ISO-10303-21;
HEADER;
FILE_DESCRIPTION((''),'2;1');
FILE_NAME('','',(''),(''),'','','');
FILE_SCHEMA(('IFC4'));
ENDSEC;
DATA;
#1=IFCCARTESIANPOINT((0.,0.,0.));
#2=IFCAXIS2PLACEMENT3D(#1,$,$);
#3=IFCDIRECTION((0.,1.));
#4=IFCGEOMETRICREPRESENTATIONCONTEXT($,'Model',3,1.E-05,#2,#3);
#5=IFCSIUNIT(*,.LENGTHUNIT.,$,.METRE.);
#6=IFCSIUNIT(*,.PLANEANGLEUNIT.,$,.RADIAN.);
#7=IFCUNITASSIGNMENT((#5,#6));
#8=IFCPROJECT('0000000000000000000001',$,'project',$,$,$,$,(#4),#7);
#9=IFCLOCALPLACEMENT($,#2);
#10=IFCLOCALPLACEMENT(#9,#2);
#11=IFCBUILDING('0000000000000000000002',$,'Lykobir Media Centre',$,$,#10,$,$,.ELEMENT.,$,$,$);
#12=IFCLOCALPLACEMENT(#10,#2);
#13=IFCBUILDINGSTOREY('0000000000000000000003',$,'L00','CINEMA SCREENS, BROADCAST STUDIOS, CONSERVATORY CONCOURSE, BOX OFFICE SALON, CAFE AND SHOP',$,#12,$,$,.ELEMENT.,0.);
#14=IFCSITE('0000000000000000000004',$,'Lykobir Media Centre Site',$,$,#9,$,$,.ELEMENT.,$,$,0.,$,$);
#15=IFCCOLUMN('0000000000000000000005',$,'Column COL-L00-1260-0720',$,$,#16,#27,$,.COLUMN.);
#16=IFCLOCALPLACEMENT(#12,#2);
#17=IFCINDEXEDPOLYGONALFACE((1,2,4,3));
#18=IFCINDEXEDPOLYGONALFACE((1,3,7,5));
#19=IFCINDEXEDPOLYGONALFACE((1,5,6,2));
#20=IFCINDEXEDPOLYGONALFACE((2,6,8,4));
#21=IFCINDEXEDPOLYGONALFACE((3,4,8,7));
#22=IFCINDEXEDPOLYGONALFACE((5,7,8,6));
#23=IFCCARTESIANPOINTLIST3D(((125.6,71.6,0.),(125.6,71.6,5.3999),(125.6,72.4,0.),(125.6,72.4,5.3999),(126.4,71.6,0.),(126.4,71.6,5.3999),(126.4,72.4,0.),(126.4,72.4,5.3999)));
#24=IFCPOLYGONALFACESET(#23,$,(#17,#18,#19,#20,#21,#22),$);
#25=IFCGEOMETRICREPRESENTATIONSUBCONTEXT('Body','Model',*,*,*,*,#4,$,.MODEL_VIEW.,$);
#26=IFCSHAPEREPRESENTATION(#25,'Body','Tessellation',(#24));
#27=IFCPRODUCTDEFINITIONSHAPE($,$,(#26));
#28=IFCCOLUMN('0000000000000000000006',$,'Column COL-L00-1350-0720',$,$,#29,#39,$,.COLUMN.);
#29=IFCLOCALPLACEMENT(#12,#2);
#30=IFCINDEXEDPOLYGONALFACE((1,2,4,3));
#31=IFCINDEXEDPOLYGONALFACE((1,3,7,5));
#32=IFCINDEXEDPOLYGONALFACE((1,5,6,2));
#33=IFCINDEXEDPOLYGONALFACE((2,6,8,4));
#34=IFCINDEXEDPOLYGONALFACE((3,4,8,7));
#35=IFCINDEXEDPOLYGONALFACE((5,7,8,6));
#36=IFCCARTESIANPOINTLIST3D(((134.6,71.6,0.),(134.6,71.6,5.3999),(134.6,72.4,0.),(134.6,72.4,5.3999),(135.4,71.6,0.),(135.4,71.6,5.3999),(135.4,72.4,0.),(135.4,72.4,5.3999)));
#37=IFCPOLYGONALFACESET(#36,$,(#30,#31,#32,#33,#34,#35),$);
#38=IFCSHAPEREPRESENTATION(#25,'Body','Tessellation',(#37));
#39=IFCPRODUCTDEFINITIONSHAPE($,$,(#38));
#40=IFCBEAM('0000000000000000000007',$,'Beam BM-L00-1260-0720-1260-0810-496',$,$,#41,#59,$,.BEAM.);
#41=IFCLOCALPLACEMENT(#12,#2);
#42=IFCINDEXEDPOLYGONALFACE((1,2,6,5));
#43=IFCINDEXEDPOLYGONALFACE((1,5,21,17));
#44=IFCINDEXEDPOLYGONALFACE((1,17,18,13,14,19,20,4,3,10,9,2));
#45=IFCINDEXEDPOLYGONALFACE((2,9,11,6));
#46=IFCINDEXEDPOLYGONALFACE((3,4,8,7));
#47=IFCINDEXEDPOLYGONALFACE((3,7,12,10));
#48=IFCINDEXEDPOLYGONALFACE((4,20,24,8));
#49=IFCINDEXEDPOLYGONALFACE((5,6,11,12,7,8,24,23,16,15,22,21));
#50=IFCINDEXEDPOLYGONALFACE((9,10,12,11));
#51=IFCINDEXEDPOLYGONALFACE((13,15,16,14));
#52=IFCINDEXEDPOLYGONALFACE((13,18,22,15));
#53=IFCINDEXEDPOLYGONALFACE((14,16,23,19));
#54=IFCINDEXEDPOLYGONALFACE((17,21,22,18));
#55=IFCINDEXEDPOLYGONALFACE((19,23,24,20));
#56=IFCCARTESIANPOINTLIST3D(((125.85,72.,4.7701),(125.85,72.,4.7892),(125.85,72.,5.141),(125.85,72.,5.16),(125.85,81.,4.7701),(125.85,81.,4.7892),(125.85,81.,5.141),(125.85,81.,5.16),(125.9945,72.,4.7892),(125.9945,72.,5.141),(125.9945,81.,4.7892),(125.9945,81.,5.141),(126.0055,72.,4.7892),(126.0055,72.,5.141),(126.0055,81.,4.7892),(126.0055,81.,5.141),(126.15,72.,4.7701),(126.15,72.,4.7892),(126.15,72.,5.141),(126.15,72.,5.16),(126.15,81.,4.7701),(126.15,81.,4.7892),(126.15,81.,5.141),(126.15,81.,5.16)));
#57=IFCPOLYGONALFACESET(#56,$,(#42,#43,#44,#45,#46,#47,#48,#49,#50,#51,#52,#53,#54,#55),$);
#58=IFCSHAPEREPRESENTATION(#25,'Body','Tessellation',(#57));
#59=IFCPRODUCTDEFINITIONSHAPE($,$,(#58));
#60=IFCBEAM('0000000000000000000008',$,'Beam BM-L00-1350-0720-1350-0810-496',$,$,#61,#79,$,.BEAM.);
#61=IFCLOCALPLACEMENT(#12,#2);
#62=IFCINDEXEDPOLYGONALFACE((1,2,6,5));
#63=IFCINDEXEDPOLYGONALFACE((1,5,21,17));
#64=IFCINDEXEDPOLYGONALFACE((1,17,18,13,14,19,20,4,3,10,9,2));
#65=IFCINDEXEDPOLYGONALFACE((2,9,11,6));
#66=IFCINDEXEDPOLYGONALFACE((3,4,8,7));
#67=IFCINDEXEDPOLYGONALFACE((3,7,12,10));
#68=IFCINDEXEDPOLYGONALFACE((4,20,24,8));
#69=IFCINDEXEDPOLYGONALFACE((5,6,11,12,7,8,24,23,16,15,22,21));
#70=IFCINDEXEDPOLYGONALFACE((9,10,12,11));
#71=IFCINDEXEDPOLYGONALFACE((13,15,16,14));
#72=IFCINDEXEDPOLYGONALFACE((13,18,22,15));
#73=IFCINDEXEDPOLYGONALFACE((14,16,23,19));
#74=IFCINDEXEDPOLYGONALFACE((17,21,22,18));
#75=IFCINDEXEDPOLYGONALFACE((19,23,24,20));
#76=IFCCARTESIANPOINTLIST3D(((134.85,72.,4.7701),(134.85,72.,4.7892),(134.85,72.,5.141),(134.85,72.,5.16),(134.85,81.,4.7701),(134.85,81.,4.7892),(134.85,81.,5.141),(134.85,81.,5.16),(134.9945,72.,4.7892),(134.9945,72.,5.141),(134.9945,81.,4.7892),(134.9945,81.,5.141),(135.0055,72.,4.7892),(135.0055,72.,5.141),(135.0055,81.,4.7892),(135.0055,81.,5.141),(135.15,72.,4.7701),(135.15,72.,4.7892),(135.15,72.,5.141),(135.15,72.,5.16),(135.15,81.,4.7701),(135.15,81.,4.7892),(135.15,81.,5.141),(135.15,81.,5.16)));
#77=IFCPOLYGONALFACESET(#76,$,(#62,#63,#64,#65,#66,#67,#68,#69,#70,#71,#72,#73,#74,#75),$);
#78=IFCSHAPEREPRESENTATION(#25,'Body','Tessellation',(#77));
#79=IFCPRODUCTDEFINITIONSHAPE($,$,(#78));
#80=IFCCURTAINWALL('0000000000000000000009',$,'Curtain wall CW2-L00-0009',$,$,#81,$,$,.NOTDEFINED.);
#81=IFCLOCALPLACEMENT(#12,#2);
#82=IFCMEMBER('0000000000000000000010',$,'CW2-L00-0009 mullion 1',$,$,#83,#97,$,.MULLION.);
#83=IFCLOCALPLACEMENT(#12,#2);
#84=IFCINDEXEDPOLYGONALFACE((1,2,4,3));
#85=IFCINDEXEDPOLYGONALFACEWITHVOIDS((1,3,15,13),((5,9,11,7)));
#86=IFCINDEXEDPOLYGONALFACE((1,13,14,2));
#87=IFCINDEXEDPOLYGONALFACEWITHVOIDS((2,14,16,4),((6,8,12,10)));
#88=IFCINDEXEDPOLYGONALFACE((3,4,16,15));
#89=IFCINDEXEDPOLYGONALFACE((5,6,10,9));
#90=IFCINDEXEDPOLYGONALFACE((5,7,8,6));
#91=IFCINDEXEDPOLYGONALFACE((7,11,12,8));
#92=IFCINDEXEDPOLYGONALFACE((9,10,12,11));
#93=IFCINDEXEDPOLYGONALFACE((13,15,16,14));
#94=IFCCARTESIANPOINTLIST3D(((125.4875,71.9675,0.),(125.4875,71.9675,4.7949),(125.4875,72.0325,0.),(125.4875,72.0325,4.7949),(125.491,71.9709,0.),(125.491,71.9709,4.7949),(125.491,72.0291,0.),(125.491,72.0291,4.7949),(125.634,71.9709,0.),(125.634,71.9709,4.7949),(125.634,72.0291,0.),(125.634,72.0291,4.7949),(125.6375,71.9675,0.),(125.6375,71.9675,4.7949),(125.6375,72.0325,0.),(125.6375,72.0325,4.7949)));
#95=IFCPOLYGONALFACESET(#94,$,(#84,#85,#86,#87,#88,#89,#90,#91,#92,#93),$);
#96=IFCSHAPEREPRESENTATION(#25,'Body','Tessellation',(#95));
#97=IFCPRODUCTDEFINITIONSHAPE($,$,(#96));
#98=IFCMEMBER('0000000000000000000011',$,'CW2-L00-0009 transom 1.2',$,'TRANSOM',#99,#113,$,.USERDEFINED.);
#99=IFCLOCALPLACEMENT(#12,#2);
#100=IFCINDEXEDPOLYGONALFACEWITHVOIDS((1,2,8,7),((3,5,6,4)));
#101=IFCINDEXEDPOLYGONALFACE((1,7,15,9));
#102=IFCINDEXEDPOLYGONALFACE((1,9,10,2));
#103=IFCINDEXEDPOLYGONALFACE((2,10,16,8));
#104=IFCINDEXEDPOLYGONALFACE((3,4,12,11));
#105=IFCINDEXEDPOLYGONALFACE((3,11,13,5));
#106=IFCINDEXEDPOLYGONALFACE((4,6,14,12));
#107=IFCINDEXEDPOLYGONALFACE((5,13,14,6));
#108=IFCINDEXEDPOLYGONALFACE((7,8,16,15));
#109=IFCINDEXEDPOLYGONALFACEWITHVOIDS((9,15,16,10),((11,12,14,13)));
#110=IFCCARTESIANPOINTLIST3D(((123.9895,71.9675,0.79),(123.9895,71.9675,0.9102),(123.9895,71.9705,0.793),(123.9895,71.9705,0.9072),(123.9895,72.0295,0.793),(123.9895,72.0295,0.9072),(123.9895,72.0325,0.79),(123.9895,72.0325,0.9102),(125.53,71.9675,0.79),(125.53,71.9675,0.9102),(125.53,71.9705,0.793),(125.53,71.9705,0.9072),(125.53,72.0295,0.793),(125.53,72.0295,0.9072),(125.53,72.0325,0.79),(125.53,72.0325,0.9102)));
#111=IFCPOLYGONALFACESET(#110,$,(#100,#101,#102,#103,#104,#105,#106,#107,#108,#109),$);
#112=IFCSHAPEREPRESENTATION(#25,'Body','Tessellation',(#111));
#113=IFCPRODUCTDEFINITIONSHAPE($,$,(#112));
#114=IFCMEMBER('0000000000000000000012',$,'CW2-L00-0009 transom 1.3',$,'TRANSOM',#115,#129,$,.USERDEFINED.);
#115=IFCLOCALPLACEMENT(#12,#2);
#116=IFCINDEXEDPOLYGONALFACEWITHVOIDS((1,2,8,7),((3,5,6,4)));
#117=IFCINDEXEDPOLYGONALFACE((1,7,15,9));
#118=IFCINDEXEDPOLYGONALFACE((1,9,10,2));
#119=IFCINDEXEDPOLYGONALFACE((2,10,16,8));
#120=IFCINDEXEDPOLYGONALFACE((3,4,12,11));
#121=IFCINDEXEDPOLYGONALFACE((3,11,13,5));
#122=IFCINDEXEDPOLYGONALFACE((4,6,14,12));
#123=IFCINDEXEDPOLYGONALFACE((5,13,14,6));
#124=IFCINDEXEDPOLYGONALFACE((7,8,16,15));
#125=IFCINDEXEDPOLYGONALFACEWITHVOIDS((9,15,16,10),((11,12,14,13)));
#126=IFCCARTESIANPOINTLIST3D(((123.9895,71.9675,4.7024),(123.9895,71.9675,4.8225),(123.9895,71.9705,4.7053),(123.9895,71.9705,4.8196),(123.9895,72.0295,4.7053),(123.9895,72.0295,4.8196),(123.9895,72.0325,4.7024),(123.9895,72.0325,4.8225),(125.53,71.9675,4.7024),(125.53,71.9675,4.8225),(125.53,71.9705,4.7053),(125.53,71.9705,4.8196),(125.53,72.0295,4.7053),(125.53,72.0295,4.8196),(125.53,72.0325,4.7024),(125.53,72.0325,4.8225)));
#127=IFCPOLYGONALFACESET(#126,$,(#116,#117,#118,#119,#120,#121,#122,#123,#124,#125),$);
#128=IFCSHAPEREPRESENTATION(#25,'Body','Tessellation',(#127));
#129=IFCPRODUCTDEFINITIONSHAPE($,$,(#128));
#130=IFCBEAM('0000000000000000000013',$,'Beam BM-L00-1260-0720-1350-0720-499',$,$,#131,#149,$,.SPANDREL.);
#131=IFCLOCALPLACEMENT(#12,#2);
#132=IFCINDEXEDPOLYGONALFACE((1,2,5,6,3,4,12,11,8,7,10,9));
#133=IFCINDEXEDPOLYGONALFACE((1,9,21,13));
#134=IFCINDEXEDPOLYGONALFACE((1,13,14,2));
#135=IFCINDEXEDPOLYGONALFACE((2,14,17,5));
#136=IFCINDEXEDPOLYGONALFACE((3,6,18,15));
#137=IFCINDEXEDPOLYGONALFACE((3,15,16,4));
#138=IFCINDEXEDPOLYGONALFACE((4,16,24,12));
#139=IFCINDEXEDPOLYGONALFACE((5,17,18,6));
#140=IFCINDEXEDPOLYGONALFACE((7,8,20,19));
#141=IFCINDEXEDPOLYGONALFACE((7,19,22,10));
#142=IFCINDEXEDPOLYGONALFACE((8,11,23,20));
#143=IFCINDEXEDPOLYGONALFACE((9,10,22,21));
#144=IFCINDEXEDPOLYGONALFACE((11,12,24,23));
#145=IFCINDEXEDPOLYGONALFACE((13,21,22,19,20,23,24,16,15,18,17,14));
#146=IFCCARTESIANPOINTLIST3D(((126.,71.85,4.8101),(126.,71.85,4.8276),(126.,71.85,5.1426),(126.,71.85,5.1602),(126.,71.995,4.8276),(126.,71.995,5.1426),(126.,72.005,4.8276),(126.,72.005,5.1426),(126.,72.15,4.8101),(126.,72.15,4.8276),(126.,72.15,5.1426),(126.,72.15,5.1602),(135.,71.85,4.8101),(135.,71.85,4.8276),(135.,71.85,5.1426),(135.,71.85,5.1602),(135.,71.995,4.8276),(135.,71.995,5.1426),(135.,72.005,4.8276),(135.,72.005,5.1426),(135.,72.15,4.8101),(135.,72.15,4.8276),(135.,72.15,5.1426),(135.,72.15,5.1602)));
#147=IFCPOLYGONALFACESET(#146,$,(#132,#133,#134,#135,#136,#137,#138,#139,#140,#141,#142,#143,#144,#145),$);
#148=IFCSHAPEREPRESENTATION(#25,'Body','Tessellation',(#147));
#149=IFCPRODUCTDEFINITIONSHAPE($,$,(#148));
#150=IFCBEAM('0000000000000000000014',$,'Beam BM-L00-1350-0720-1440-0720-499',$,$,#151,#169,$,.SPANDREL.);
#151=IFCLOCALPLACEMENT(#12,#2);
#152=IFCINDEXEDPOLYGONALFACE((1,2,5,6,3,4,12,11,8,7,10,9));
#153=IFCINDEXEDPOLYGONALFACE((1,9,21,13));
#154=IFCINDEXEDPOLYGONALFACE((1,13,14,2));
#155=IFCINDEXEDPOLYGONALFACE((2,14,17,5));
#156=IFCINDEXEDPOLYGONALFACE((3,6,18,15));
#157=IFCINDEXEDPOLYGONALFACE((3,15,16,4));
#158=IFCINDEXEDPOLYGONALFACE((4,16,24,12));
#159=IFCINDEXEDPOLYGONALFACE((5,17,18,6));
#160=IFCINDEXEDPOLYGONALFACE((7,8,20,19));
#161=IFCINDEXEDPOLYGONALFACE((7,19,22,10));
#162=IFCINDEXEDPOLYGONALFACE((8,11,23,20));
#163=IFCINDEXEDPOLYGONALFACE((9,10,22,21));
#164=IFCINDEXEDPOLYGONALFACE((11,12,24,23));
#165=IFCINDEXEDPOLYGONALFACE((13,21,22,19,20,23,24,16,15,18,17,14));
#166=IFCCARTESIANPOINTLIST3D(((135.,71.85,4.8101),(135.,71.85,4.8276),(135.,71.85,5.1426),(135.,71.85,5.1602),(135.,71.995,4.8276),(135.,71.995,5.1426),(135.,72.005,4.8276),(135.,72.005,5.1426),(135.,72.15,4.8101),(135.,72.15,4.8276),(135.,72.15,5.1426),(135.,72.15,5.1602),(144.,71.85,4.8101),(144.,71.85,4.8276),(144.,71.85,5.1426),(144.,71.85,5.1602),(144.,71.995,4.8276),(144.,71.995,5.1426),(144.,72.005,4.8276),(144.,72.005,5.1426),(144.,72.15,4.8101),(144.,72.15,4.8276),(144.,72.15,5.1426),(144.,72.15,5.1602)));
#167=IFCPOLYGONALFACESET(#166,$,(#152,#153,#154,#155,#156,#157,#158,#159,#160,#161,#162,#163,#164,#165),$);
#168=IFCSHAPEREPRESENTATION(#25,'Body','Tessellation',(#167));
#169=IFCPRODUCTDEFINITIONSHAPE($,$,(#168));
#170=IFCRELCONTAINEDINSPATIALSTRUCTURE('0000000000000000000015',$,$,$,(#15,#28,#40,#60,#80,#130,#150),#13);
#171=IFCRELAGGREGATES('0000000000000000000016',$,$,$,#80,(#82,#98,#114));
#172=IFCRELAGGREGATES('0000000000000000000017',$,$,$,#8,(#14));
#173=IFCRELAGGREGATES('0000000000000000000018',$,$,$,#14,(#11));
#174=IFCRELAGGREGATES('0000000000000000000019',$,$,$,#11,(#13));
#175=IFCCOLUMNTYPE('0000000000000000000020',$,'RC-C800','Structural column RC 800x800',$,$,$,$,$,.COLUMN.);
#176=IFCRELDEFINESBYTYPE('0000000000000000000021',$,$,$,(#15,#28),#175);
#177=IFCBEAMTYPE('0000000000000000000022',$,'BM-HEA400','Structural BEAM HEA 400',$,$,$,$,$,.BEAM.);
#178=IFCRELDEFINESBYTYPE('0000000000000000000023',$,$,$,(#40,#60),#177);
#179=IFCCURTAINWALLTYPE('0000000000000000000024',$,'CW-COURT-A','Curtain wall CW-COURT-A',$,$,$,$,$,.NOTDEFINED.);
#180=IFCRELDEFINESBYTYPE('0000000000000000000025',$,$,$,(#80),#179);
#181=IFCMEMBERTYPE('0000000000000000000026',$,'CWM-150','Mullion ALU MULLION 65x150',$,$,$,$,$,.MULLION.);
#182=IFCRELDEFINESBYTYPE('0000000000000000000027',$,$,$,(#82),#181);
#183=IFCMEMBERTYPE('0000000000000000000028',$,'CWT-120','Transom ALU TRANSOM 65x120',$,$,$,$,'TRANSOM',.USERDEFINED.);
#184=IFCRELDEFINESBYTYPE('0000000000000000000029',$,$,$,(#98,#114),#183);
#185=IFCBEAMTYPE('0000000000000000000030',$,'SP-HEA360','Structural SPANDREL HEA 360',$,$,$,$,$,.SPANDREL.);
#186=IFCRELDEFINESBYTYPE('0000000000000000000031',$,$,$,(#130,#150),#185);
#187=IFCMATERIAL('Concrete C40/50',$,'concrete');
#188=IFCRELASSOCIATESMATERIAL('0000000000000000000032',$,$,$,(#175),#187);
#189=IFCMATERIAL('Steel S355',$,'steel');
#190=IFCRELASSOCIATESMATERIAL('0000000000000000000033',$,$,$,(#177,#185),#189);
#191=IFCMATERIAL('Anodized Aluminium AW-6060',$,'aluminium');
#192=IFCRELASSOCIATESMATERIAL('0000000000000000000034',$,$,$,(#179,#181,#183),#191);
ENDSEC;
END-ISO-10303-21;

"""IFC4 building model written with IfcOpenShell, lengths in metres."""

from ifc_helpers import new_model, si_unit, direction, frame, origin, origin_2d, place, context, subcontext, project, spatial, rectangle, hollow_rectangle, i_section, extrude, material, material_profile, profile_set, type_object, element, aggregate, save


model = new_model("IFC4")

# Units and contexts
model_context = context("Model", 3, precision=1e-05, world=origin(), true_north=direction((0.0, 1.0)))
body_context = subcontext(model_context, "Body", "Model", "MODEL_VIEW")
ifc_project = project(units=[si_unit("LENGTHUNIT", "METRE"), si_unit("PLANEANGLEUNIT", "RADIAN")], contexts=[model_context])

# Site, building, storey
site_placement = place(None, origin())
site = spatial("IfcSite", under=ifc_project, at=site_placement, Name="Lykobir Media Centre Site", CompositionType="ELEMENT", RefElevation=0.0)
building_placement = place(site_placement, origin())
building = spatial("IfcBuilding", under=site, at=building_placement, Name="Lykobir Media Centre", CompositionType="ELEMENT")
storey_placement = place(building_placement, origin())
storey = spatial("IfcBuildingStorey", under=building, at=storey_placement, Name="L00", Description="CINEMA SCREENS, BROADCAST STUDIOS, CONSERVATORY CONCOURSE, BOX OFFICE SALON, CAFE AND SHOP", CompositionType="ELEMENT", Elevation=0.0)

# Columns
ifc_material_1 = material(Name="Concrete C40/50", Category="concrete")
ifc_material_profile_1 = material_profile(ifc_material_1, rectangle(XDim=0.8, YDim=0.8, at=origin_2d()), Name="RC 800x800")
ifc_profile_set_1 = profile_set([ifc_material_profile_1], Name="Concrete C40/50")
column_type = type_object("IfcColumnType", Name="RC-C800", Description="Structural column RC 800x800", PredefinedType="COLUMN", material=ifc_profile_set_1)
for number, where, z_axis, x_axis, name in (
    (1, (126.0, 72.0, 0.0), (0.0, 0.0, 1.0), (1.0, 0.0, 0.0), "Column COL-L00-1260-0720"),
    (2, (135.0, 72.0, 0.0), (0.0, 0.0, 1.0), (1.0, 0.0, 0.0), "Column COL-L00-1350-0720"),
):
    element("IfcColumn", number, at=place(storey_placement, frame(where, z_axis=z_axis, x_axis=x_axis)), inside=storey, type_object=column_type, Name=name, PredefinedType="COLUMN", context=body_context, shape_type="SweptSolid", body=[
        extrude(rectangle(XDim=0.8, YDim=0.8, at=origin_2d()), origin(), (0.0, 0.0, 1.0), 5.3999),
    ])

# Beams
ifc_material_2 = material(Name="Steel S355", Category="steel")
ifc_material_profile_2 = material_profile(ifc_material_2, i_section(OverallWidth=0.3, OverallDepth=0.3899, WebThickness=0.011, FlangeThickness=0.019, at=origin_2d()), Name="HEA 400")
ifc_profile_set_2 = profile_set([ifc_material_profile_2], Name="Steel S355")
beam_type_1 = type_object("IfcBeamType", Name="BM-HEA400", Description="Structural BEAM HEA 400", PredefinedType="BEAM", material=ifc_profile_set_2)
for number, where, z_axis, x_axis, name in (
    (3, (126.0, 72.0, 4.9651), (0.0, 1.0, 0.0), (-1.0, 0.0, 0.0), "Beam BM-L00-1260-0720-1260-0810-496"),
    (4, (135.0, 72.0, 4.9651), (0.0, 1.0, 0.0), (-1.0, 0.0, 0.0), "Beam BM-L00-1350-0720-1350-0810-496"),
):
    element("IfcBeam", number, at=place(storey_placement, frame(where, z_axis=z_axis, x_axis=x_axis)), inside=storey, type_object=beam_type_1, Name=name, PredefinedType="BEAM", context=body_context, shape_type="SweptSolid", body=[
        extrude(i_section(OverallWidth=0.3, OverallDepth=0.3899, WebThickness=0.011, FlangeThickness=0.019, at=origin_2d()), origin(), (0.0, 0.0, 1.0), 9.0),
    ])

# Curtain wall, members
ifc_material_3 = material(Name="Anodized Aluminium AW-6060", Category="aluminium")
curtain_wall_type = type_object("IfcCurtainWallType", Name="CW-COURT-A", Description="Curtain wall CW-COURT-A", PredefinedType="NOTDEFINED", material=ifc_material_3)
curtain_wall_placement = place(storey_placement, origin())
curtain_wall = element("IfcCurtainWall", 5, at=curtain_wall_placement, inside=storey, type_object=curtain_wall_type, Name="Curtain wall CW2-L00-0009", PredefinedType="NOTDEFINED")
ifc_material_profile_3 = material_profile(ifc_material_3, hollow_rectangle(XDim=0.0649, YDim=0.1499, WallThickness=0.0034, at=origin_2d()), Name="ALU MULLION 65x150")
ifc_profile_set_3 = profile_set([ifc_material_profile_3], Name="Anodized Aluminium AW-6060")
member_type_1 = type_object("IfcMemberType", Name="CWM-150", Description="Mullion ALU MULLION 65x150", PredefinedType="MULLION", material=ifc_profile_set_3)
member_1_placement = place(storey_placement, frame((125.5625, 72.0, 0.0), z_axis=(0.0, 0.0, 1.0), x_axis=(0.0, -1.0, 0.0)))
member_1 = element("IfcMember", 6, at=member_1_placement, type_object=member_type_1, Name="CW2-L00-0009 mullion 1", PredefinedType="MULLION", context=body_context, shape_type="SweptSolid", body=[
    extrude(hollow_rectangle(XDim=0.0649, YDim=0.1499, WallThickness=0.0034, at=origin_2d()), origin(), (0.0, 0.0, 1.0), 4.7949),
])
ifc_material_profile_4 = material_profile(ifc_material_3, hollow_rectangle(XDim=0.0649, YDim=0.1201, WallThickness=0.0029, at=origin_2d()), Name="ALU TRANSOM 65x120")
ifc_profile_set_4 = profile_set([ifc_material_profile_4], Name="Anodized Aluminium AW-6060")
member_type_2 = type_object("IfcMemberType", Name="CWT-120", Description="Transom ALU TRANSOM 65x120", ElementType="TRANSOM", PredefinedType="USERDEFINED", material=ifc_profile_set_4)
member_2_placement = place(storey_placement, frame((125.53, 72.0, 0.8501), z_axis=(-1.0, 0.0, 0.0), x_axis=(0.0, -1.0, 0.0)))
member_2 = element("IfcMember", 7, at=member_2_placement, type_object=member_type_2, Name="CW2-L00-0009 transom 1.2", ObjectType="TRANSOM", PredefinedType="USERDEFINED", context=body_context, shape_type="SweptSolid", body=[
    extrude(hollow_rectangle(XDim=0.0649, YDim=0.1201, WallThickness=0.0029, at=origin_2d()), origin(), (0.0, 0.0, 1.0), 1.5405),
])
member_3_placement = place(storey_placement, frame((125.53, 72.0, 4.7625), z_axis=(-1.0, 0.0, 0.0), x_axis=(0.0, -1.0, 0.0)))
member_3 = element("IfcMember", 8, at=member_3_placement, type_object=member_type_2, Name="CW2-L00-0009 transom 1.3", ObjectType="TRANSOM", PredefinedType="USERDEFINED", context=body_context, shape_type="SweptSolid", body=[
    extrude(hollow_rectangle(XDim=0.0649, YDim=0.1201, WallThickness=0.0029, at=origin_2d()), origin(), (0.0, 0.0, 1.0), 1.5405),
])
aggregate(curtain_wall, [member_1, member_2, member_3])

# Beams
ifc_material_profile_5 = material_profile(ifc_material_2, i_section(OverallWidth=0.3, OverallDepth=0.3501, WebThickness=0.01, FlangeThickness=0.0176, at=origin_2d()), Name="HEA 360")
ifc_profile_set_5 = profile_set([ifc_material_profile_5], Name="Steel S355")
beam_type_2 = type_object("IfcBeamType", Name="SP-HEA360", Description="Structural SPANDREL HEA 360", PredefinedType="SPANDREL", material=ifc_profile_set_5)
for number, where, z_axis, x_axis, name in (
    (9, (126.0, 72.0, 4.9851), (1.0, 0.0, 0.0), (0.0, 1.0, 0.0), "Beam BM-L00-1260-0720-1350-0720-499"),
    (10, (135.0, 72.0, 4.9851), (1.0, 0.0, 0.0), (0.0, 1.0, 0.0), "Beam BM-L00-1350-0720-1440-0720-499"),
):
    element("IfcBeam", number, at=place(storey_placement, frame(where, z_axis=z_axis, x_axis=x_axis)), inside=storey, type_object=beam_type_2, Name=name, PredefinedType="SPANDREL", context=body_context, shape_type="SweptSolid", body=[
        extrude(i_section(OverallWidth=0.3, OverallDepth=0.3501, WebThickness=0.01, FlangeThickness=0.0176, at=origin_2d()), origin(), (0.0, 0.0, 1.0), 9.0),
    ])

save(model, "model.ifc")
